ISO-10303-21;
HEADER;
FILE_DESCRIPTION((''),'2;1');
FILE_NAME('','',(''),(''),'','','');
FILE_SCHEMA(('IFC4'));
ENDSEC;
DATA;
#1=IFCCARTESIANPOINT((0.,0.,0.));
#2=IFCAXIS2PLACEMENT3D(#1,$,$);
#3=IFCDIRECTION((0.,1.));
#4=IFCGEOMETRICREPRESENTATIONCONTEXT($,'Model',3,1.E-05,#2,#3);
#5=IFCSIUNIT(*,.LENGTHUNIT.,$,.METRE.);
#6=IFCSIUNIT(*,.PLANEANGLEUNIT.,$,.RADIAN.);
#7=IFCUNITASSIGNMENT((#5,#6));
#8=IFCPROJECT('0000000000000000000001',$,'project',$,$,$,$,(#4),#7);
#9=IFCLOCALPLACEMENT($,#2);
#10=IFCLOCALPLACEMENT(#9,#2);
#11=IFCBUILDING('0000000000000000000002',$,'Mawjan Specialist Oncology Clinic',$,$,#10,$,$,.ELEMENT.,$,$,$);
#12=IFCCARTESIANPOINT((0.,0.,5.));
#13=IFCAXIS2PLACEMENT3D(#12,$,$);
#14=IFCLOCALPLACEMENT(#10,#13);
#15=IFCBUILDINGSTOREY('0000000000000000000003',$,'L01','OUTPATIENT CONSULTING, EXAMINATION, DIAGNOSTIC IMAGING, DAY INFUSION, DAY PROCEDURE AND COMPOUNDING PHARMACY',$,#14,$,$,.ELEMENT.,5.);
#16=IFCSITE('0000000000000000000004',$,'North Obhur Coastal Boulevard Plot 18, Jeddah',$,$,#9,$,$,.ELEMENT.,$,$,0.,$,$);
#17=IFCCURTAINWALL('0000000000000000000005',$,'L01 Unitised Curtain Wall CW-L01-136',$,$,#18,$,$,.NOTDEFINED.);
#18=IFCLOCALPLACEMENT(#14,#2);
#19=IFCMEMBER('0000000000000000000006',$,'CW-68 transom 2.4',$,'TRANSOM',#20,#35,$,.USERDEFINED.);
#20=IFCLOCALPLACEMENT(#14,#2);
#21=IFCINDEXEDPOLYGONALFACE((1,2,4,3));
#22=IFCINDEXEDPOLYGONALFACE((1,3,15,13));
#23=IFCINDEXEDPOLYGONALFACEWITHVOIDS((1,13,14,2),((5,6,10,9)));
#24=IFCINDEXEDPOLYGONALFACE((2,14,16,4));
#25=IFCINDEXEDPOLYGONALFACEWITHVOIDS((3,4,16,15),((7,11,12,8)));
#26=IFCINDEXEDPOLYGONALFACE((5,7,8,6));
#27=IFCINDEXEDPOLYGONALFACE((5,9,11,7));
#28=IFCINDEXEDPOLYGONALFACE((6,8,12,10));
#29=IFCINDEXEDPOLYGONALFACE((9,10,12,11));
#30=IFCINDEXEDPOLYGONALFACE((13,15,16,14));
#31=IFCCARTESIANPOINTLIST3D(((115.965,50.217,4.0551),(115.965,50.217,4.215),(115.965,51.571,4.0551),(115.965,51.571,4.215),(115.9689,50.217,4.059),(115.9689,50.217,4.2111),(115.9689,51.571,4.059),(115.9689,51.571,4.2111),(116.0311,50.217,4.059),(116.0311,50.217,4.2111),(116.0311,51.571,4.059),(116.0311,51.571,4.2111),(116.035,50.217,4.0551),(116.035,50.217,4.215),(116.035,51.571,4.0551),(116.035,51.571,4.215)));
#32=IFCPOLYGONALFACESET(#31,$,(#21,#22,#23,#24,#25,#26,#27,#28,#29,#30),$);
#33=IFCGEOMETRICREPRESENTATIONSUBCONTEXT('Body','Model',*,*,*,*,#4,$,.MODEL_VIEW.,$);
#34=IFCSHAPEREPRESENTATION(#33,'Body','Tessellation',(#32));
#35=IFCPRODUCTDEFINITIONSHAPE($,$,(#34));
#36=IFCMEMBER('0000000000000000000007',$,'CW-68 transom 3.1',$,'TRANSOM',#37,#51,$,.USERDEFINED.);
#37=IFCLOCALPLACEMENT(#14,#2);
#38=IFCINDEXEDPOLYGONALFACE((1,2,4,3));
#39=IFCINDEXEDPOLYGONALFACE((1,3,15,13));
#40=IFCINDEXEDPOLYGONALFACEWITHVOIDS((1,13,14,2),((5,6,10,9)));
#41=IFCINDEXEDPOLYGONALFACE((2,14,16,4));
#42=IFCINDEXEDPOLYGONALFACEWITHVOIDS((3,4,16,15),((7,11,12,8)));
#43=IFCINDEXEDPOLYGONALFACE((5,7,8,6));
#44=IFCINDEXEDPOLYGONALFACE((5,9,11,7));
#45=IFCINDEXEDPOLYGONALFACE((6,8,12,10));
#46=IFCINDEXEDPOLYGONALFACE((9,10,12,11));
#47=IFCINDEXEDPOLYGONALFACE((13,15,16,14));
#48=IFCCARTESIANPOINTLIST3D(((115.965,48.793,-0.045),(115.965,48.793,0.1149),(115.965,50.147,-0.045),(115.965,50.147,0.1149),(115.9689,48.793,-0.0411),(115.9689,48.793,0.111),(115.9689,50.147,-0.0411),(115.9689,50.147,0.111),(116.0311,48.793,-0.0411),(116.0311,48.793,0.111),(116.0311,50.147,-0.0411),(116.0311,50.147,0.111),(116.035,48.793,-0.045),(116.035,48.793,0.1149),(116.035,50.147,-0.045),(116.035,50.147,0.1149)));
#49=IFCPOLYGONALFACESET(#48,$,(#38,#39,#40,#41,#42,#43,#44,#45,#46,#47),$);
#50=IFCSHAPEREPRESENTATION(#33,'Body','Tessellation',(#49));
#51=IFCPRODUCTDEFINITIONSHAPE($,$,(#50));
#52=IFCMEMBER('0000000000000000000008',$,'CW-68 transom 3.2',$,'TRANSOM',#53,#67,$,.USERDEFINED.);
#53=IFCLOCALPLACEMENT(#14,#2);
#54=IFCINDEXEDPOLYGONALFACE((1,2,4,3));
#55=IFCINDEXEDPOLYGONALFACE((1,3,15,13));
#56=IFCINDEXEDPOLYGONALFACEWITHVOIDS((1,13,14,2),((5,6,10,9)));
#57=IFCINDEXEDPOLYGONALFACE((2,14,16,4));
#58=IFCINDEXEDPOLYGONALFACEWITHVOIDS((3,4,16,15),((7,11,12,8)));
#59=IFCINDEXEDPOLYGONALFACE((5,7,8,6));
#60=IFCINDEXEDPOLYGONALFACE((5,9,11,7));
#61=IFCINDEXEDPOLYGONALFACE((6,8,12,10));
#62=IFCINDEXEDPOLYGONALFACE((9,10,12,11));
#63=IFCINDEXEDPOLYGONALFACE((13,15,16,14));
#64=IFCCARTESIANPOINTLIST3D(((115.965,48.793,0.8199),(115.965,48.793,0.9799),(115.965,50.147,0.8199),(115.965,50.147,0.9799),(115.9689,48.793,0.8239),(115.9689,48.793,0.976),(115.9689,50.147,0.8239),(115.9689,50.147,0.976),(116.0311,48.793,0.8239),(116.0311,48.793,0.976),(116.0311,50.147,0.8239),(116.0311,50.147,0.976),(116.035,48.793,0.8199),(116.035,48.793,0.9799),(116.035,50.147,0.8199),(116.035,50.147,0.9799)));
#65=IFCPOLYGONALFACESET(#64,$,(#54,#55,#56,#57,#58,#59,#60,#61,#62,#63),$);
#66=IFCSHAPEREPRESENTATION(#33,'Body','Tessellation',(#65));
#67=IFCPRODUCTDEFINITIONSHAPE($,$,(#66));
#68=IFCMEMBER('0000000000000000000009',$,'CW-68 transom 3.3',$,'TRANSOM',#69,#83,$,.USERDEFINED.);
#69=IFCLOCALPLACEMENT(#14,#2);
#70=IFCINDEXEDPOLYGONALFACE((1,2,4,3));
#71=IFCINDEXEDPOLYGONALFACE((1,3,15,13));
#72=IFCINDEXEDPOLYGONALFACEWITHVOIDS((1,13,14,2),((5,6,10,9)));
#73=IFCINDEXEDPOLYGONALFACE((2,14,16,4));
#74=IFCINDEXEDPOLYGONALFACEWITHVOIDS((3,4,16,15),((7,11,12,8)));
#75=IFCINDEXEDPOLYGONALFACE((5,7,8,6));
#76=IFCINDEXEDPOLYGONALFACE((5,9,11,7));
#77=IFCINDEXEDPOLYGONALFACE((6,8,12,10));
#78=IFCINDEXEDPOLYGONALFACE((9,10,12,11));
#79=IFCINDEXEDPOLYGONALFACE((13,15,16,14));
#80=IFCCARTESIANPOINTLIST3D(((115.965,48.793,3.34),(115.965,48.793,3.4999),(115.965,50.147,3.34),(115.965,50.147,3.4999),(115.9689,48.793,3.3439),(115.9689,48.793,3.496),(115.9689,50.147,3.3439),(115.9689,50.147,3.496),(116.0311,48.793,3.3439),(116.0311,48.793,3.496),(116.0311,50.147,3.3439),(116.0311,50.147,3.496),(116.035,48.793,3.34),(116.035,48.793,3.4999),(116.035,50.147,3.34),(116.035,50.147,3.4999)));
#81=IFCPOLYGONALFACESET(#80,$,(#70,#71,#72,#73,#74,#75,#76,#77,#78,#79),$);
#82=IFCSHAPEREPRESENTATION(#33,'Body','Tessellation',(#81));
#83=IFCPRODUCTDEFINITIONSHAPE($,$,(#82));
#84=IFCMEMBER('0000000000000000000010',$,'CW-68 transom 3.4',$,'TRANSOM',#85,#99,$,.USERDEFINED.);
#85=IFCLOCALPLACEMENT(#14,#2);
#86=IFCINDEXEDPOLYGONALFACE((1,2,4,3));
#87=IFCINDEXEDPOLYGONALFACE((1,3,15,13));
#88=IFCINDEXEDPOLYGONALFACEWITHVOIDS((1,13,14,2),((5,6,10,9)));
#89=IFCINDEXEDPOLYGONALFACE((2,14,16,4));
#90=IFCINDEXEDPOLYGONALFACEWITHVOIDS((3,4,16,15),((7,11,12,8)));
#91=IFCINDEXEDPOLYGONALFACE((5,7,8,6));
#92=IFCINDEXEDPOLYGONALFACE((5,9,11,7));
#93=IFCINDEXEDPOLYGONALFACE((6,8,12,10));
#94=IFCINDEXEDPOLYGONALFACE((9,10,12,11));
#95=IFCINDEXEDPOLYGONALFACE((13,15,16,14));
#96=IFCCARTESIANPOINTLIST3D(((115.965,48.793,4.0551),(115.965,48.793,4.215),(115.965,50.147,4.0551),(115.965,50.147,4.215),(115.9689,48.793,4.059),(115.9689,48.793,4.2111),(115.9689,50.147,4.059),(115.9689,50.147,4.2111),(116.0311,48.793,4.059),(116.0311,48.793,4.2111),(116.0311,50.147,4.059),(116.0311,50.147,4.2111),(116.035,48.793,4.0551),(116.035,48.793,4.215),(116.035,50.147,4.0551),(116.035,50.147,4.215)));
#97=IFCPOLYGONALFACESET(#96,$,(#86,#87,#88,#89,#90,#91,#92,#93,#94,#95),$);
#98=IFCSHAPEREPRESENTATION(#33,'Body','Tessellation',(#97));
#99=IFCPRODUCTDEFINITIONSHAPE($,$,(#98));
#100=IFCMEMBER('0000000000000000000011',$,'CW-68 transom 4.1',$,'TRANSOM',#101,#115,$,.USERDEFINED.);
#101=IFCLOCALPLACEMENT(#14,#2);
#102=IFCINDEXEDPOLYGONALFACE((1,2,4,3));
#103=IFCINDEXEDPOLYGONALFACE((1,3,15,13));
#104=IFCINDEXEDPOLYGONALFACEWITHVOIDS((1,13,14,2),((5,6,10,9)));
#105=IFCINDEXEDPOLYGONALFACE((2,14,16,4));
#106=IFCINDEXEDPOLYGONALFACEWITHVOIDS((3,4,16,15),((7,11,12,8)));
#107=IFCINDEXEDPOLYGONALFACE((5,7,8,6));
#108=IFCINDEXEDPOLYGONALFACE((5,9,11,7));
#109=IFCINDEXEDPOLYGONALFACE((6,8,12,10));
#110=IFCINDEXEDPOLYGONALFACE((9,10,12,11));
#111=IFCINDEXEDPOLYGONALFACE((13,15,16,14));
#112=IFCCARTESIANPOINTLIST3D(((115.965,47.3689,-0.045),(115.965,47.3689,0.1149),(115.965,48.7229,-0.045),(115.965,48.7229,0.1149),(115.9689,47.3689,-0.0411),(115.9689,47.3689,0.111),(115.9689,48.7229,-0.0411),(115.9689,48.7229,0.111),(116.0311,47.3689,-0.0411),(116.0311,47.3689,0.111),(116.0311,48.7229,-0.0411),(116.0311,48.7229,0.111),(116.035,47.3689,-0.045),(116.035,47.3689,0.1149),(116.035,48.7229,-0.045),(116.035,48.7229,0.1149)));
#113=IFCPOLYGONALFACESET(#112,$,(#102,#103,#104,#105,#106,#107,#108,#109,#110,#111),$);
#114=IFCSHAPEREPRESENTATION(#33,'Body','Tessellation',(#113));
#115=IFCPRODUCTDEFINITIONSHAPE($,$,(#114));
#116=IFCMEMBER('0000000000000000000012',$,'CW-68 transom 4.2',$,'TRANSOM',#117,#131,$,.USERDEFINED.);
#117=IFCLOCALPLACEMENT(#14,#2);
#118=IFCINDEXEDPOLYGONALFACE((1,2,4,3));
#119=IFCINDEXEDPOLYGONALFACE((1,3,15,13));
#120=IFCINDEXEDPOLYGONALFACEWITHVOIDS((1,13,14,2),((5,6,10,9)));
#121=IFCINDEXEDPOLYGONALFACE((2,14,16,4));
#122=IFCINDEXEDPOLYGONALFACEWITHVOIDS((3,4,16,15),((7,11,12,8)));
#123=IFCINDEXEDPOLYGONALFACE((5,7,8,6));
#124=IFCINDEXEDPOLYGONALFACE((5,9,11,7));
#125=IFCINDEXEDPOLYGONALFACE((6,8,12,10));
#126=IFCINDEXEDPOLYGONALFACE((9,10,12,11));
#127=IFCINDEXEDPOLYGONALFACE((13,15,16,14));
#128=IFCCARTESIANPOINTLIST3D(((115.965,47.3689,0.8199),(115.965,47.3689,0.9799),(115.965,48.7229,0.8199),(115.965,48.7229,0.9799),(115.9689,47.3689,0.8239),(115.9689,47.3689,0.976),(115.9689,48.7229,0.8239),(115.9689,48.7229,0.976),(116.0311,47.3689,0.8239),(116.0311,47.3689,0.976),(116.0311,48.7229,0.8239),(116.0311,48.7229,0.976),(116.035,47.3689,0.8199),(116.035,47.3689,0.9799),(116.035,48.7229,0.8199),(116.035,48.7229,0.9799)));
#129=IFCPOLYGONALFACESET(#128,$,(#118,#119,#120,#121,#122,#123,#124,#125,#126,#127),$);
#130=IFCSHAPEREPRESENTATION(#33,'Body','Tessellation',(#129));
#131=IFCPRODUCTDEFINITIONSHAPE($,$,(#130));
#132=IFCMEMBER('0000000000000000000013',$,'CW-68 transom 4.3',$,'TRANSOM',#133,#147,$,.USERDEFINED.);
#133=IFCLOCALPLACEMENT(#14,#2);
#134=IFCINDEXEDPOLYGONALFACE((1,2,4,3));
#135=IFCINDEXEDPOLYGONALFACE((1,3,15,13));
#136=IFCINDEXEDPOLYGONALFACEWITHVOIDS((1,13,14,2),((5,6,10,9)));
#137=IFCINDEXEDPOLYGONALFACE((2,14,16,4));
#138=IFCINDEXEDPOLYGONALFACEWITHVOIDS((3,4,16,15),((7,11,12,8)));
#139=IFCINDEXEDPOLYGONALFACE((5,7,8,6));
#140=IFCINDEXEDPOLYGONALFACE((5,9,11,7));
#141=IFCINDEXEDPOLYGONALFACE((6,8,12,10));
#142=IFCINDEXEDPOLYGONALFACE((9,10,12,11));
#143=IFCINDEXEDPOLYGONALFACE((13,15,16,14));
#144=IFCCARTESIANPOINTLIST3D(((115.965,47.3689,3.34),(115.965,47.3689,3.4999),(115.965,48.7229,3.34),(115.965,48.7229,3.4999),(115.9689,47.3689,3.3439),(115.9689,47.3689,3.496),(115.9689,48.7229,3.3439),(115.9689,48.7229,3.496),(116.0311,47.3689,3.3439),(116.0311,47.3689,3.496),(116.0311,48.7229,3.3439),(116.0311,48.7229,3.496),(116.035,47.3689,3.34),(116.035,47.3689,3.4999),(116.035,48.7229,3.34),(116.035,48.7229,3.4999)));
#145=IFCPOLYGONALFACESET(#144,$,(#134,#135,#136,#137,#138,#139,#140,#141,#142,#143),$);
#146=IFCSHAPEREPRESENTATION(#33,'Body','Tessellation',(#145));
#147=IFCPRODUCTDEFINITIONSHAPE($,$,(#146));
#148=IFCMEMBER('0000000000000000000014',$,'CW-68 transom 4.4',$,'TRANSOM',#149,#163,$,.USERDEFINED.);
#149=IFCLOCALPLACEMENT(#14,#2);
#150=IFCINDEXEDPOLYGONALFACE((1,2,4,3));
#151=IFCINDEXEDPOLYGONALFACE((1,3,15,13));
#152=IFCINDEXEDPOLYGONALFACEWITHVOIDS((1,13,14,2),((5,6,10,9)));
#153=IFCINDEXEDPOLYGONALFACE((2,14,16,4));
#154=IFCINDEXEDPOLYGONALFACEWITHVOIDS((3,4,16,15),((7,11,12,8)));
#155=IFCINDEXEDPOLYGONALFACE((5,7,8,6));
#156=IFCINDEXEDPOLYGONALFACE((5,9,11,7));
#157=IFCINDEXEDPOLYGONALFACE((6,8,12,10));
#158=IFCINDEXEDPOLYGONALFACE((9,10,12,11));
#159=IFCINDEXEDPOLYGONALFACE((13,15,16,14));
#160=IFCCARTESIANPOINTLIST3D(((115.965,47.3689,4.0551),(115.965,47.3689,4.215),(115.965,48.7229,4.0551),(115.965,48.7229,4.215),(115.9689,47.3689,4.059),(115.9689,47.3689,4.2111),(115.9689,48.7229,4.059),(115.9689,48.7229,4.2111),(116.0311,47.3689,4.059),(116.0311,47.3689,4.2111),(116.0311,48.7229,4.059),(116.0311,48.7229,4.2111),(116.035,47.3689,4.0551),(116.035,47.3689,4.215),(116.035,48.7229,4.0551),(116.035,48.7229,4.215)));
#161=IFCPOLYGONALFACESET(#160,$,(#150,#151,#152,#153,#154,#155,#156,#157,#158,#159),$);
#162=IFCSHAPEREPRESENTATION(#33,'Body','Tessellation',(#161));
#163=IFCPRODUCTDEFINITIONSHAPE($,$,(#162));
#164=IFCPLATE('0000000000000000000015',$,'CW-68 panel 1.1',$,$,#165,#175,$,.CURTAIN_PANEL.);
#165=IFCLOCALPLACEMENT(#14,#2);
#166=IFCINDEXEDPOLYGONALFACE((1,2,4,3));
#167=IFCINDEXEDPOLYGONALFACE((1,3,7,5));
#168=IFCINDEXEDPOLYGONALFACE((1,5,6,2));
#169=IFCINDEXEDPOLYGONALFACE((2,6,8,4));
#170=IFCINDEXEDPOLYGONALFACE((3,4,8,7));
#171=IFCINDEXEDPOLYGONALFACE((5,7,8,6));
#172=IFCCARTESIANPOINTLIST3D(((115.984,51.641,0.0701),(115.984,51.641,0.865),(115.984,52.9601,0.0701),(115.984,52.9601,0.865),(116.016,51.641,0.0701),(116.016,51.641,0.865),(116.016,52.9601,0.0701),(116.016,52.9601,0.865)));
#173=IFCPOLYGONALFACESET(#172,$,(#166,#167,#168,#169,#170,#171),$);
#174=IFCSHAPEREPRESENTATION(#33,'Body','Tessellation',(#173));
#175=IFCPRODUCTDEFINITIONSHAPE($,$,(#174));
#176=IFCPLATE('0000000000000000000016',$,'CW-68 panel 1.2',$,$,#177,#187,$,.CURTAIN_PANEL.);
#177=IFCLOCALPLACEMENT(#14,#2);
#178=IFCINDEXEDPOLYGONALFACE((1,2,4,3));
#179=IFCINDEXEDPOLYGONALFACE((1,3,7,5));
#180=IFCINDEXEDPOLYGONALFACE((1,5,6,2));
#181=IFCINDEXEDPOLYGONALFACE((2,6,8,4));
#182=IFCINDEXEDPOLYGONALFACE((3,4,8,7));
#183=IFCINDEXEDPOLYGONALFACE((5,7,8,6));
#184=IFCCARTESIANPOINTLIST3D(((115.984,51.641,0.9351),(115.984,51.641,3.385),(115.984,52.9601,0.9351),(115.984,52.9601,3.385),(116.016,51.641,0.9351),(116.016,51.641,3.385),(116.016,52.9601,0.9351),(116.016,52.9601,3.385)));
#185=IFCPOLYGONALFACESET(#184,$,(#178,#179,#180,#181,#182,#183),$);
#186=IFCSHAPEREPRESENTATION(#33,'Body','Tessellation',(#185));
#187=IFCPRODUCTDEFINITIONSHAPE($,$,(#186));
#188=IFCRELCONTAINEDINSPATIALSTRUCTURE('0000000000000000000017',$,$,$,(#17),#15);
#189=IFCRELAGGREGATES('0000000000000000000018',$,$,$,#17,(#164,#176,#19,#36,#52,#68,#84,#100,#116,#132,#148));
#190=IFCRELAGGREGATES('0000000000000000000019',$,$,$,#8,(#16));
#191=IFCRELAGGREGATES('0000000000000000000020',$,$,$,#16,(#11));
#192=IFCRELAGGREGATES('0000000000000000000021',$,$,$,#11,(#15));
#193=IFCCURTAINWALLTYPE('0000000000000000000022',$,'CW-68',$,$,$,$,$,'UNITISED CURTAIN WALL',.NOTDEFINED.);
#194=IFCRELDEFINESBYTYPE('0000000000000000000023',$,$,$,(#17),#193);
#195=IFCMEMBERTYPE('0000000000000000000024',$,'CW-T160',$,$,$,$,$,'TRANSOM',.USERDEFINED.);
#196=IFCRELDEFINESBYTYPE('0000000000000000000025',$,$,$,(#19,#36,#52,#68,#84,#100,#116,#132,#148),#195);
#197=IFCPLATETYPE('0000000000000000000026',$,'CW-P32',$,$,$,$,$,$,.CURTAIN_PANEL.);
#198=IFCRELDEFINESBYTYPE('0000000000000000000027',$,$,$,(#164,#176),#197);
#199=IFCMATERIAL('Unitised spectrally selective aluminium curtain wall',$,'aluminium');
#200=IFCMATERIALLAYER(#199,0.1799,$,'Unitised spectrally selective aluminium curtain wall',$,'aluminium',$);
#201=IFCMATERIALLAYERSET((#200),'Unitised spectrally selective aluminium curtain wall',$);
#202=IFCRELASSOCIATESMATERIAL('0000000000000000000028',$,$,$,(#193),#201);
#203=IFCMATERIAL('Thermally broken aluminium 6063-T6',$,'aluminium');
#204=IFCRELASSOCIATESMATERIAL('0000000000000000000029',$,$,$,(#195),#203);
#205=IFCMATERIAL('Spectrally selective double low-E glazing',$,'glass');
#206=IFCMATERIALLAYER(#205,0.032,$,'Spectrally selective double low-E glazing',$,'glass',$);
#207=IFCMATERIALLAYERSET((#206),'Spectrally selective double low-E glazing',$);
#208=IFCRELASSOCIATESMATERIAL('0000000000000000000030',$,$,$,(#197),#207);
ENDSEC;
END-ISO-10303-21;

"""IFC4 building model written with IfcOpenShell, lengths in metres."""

from ifc_helpers import new_model, si_unit, direction, frame, origin, origin_2d, place, context, subcontext, project, spatial, rectangle, hollow_rectangle, extrude, material, layer, layer_set, material_profile, profile_set, type_object, element, aggregate, save


model = new_model("IFC4")

# Units and contexts
model_context = context("Model", 3, precision=1e-05, world=origin(), true_north=direction((0.0, 1.0)))
body_context = subcontext(model_context, "Body", "Model", "MODEL_VIEW")
ifc_project = project(units=[si_unit("LENGTHUNIT", "METRE"), si_unit("PLANEANGLEUNIT", "RADIAN")], contexts=[model_context])

# Site, building, storey
site_placement = place(None, origin())
site = spatial("IfcSite", under=ifc_project, at=site_placement, Name="North Obhur Coastal Boulevard Plot 18, Jeddah", CompositionType="ELEMENT", RefElevation=0.0)
building_placement = place(site_placement, origin())
building = spatial("IfcBuilding", under=site, at=building_placement, Name="Mawjan Specialist Oncology Clinic", CompositionType="ELEMENT")
storey_placement = place(building_placement, frame((0.0, 0.0, 5.0)))
storey = spatial("IfcBuildingStorey", under=building, at=storey_placement, Name="L01", Description="OUTPATIENT CONSULTING, EXAMINATION, DIAGNOSTIC IMAGING, DAY INFUSION, DAY PROCEDURE AND COMPOUNDING PHARMACY", CompositionType="ELEMENT", Elevation=5.0)

# Curtain wall, members, plates
ifc_material_1 = material(Name="Unitised spectrally selective aluminium curtain wall", Category="aluminium")
ifc_layer_1 = layer(ifc_material_1, 0.1799, Name="Unitised spectrally selective aluminium curtain wall", Category="aluminium")
ifc_layer_set_1 = layer_set([ifc_layer_1], Name="Unitised spectrally selective aluminium curtain wall")
curtain_wall_type = type_object("IfcCurtainWallType", Name="CW-68", ElementType="UNITISED CURTAIN WALL", PredefinedType="NOTDEFINED", material=ifc_layer_set_1)
curtain_wall_placement = place(storey_placement, origin())
curtain_wall = element("IfcCurtainWall", 1, at=curtain_wall_placement, inside=storey, type_object=curtain_wall_type, Name="L01 Unitised Curtain Wall CW-L01-136", PredefinedType="NOTDEFINED")
ifc_material_2 = material(Name="Thermally broken aluminium 6063-T6", Category="aluminium")
ifc_material_profile_1 = material_profile(ifc_material_2, hollow_rectangle(XDim=0.0701, YDim=0.1599, WallThickness=0.0039, at=origin_2d()), Name="ALU TRANSOM 160x70x4", Category="aluminium")
ifc_profile_set_1 = profile_set([ifc_material_profile_1], Name="Thermally broken aluminium 6063-T6")
member_type_1 = type_object("IfcMemberType", Name="CW-T160", ElementType="TRANSOM", PredefinedType="USERDEFINED", material=ifc_profile_set_1)
member_1_placement = place(storey_placement, frame((116.0, 51.571, 4.135), z_axis=(0.0, -1.0, 0.0), x_axis=(1.0, 0.0, 0.0)))
member_1 = element("IfcMember", 2, at=member_1_placement, type_object=member_type_1, Name="CW-68 transom 2.4", ObjectType="TRANSOM", PredefinedType="USERDEFINED", context=body_context, shape_type="SweptSolid", body=[
    extrude(hollow_rectangle(XDim=0.0701, YDim=0.1599, WallThickness=0.0039, at=origin_2d()), origin(), (0.0, 0.0, 1.0), 1.354),
])
member_2_placement = place(storey_placement, frame((116.0, 50.147, 0.0349), z_axis=(0.0, -1.0, 0.0), x_axis=(1.0, 0.0, 0.0)))
member_2 = element("IfcMember", 3, at=member_2_placement, type_object=member_type_1, Name="CW-68 transom 3.1", ObjectType="TRANSOM", PredefinedType="USERDEFINED", context=body_context, shape_type="SweptSolid", body=[
    extrude(hollow_rectangle(XDim=0.0701, YDim=0.1599, WallThickness=0.0039, at=origin_2d()), origin(), (0.0, 0.0, 1.0), 1.354),
])
member_3_placement = place(storey_placement, frame((116.0, 50.147, 0.8999), z_axis=(0.0, -1.0, 0.0), x_axis=(1.0, 0.0, 0.0)))
member_3 = element("IfcMember", 4, at=member_3_placement, type_object=member_type_1, Name="CW-68 transom 3.2", ObjectType="TRANSOM", PredefinedType="USERDEFINED", context=body_context, shape_type="SweptSolid", body=[
    extrude(hollow_rectangle(XDim=0.0701, YDim=0.1599, WallThickness=0.0039, at=origin_2d()), origin(), (0.0, 0.0, 1.0), 1.354),
])
member_4_placement = place(storey_placement, frame((116.0, 50.147, 3.4199), z_axis=(0.0, -1.0, 0.0), x_axis=(1.0, 0.0, 0.0)))
member_4 = element("IfcMember", 5, at=member_4_placement, type_object=member_type_1, Name="CW-68 transom 3.3", ObjectType="TRANSOM", PredefinedType="USERDEFINED", context=body_context, shape_type="SweptSolid", body=[
    extrude(hollow_rectangle(XDim=0.0701, YDim=0.1599, WallThickness=0.0039, at=origin_2d()), origin(), (0.0, 0.0, 1.0), 1.354),
])
member_5_placement = place(storey_placement, frame((116.0, 50.147, 4.135), z_axis=(0.0, -1.0, 0.0), x_axis=(1.0, 0.0, 0.0)))
member_5 = element("IfcMember", 6, at=member_5_placement, type_object=member_type_1, Name="CW-68 transom 3.4", ObjectType="TRANSOM", PredefinedType="USERDEFINED", context=body_context, shape_type="SweptSolid", body=[
    extrude(hollow_rectangle(XDim=0.0701, YDim=0.1599, WallThickness=0.0039, at=origin_2d()), origin(), (0.0, 0.0, 1.0), 1.354),
])
member_6_placement = place(storey_placement, frame((116.0, 48.7229, 0.0349), z_axis=(0.0, -1.0, 0.0), x_axis=(1.0, 0.0, 0.0)))
member_6 = element("IfcMember", 7, at=member_6_placement, type_object=member_type_1, Name="CW-68 transom 4.1", ObjectType="TRANSOM", PredefinedType="USERDEFINED", context=body_context, shape_type="SweptSolid", body=[
    extrude(hollow_rectangle(XDim=0.0701, YDim=0.1599, WallThickness=0.0039, at=origin_2d()), origin(), (0.0, 0.0, 1.0), 1.354),
])
member_7_placement = place(storey_placement, frame((116.0, 48.7229, 0.8999), z_axis=(0.0, -1.0, 0.0), x_axis=(1.0, 0.0, 0.0)))
member_7 = element("IfcMember", 8, at=member_7_placement, type_object=member_type_1, Name="CW-68 transom 4.2", ObjectType="TRANSOM", PredefinedType="USERDEFINED", context=body_context, shape_type="SweptSolid", body=[
    extrude(hollow_rectangle(XDim=0.0701, YDim=0.1599, WallThickness=0.0039, at=origin_2d()), origin(), (0.0, 0.0, 1.0), 1.354),
])
member_8_placement = place(storey_placement, frame((116.0, 48.7229, 3.4199), z_axis=(0.0, -1.0, 0.0), x_axis=(1.0, 0.0, 0.0)))
member_8 = element("IfcMember", 9, at=member_8_placement, type_object=member_type_1, Name="CW-68 transom 4.3", ObjectType="TRANSOM", PredefinedType="USERDEFINED", context=body_context, shape_type="SweptSolid", body=[
    extrude(hollow_rectangle(XDim=0.0701, YDim=0.1599, WallThickness=0.0039, at=origin_2d()), origin(), (0.0, 0.0, 1.0), 1.354),
])
member_9_placement = place(storey_placement, frame((116.0, 48.7229, 4.135), z_axis=(0.0, -1.0, 0.0), x_axis=(1.0, 0.0, 0.0)))
member_9 = element("IfcMember", 10, at=member_9_placement, type_object=member_type_1, Name="CW-68 transom 4.4", ObjectType="TRANSOM", PredefinedType="USERDEFINED", context=body_context, shape_type="SweptSolid", body=[
    extrude(hollow_rectangle(XDim=0.0701, YDim=0.1599, WallThickness=0.0039, at=origin_2d()), origin(), (0.0, 0.0, 1.0), 1.354),
])
ifc_material_3 = material(Name="Spectrally selective double low-E glazing", Category="glass")
ifc_layer_2 = layer(ifc_material_3, 0.032, Name="Spectrally selective double low-E glazing", Category="glass")
ifc_layer_set_2 = layer_set([ifc_layer_2], Name="Spectrally selective double low-E glazing")
plate_type = type_object("IfcPlateType", Name="CW-P32", PredefinedType="CURTAIN_PANEL", material=ifc_layer_set_2)
plate_1_placement = place(storey_placement, frame((116.0, 52.3005, 0.0701), z_axis=(0.0, 0.0, 1.0), x_axis=(0.0, -1.0, 0.0)))
plate_1 = element("IfcPlate", 11, at=plate_1_placement, type_object=plate_type, Name="CW-68 panel 1.1", PredefinedType="CURTAIN_PANEL", context=body_context, shape_type="SweptSolid", body=[
    extrude(rectangle(XDim=1.3191, YDim=0.032, at=origin_2d()), origin(), (0.0, 0.0, 1.0), 0.7949),
])
plate_2_placement = place(storey_placement, frame((116.0, 52.3005, 0.9351), z_axis=(0.0, 0.0, 1.0), x_axis=(0.0, -1.0, 0.0)))
plate_2 = element("IfcPlate", 12, at=plate_2_placement, type_object=plate_type, Name="CW-68 panel 1.2", PredefinedType="CURTAIN_PANEL", context=body_context, shape_type="SweptSolid", body=[
    extrude(rectangle(XDim=1.3191, YDim=0.032, at=origin_2d()), origin(), (0.0, 0.0, 1.0), 2.45),
])
aggregate(curtain_wall, [plate_1, plate_2, member_1, member_2, member_3, member_4, member_5, member_6, member_7, member_8, member_9])

save(model, "model.ifc")
